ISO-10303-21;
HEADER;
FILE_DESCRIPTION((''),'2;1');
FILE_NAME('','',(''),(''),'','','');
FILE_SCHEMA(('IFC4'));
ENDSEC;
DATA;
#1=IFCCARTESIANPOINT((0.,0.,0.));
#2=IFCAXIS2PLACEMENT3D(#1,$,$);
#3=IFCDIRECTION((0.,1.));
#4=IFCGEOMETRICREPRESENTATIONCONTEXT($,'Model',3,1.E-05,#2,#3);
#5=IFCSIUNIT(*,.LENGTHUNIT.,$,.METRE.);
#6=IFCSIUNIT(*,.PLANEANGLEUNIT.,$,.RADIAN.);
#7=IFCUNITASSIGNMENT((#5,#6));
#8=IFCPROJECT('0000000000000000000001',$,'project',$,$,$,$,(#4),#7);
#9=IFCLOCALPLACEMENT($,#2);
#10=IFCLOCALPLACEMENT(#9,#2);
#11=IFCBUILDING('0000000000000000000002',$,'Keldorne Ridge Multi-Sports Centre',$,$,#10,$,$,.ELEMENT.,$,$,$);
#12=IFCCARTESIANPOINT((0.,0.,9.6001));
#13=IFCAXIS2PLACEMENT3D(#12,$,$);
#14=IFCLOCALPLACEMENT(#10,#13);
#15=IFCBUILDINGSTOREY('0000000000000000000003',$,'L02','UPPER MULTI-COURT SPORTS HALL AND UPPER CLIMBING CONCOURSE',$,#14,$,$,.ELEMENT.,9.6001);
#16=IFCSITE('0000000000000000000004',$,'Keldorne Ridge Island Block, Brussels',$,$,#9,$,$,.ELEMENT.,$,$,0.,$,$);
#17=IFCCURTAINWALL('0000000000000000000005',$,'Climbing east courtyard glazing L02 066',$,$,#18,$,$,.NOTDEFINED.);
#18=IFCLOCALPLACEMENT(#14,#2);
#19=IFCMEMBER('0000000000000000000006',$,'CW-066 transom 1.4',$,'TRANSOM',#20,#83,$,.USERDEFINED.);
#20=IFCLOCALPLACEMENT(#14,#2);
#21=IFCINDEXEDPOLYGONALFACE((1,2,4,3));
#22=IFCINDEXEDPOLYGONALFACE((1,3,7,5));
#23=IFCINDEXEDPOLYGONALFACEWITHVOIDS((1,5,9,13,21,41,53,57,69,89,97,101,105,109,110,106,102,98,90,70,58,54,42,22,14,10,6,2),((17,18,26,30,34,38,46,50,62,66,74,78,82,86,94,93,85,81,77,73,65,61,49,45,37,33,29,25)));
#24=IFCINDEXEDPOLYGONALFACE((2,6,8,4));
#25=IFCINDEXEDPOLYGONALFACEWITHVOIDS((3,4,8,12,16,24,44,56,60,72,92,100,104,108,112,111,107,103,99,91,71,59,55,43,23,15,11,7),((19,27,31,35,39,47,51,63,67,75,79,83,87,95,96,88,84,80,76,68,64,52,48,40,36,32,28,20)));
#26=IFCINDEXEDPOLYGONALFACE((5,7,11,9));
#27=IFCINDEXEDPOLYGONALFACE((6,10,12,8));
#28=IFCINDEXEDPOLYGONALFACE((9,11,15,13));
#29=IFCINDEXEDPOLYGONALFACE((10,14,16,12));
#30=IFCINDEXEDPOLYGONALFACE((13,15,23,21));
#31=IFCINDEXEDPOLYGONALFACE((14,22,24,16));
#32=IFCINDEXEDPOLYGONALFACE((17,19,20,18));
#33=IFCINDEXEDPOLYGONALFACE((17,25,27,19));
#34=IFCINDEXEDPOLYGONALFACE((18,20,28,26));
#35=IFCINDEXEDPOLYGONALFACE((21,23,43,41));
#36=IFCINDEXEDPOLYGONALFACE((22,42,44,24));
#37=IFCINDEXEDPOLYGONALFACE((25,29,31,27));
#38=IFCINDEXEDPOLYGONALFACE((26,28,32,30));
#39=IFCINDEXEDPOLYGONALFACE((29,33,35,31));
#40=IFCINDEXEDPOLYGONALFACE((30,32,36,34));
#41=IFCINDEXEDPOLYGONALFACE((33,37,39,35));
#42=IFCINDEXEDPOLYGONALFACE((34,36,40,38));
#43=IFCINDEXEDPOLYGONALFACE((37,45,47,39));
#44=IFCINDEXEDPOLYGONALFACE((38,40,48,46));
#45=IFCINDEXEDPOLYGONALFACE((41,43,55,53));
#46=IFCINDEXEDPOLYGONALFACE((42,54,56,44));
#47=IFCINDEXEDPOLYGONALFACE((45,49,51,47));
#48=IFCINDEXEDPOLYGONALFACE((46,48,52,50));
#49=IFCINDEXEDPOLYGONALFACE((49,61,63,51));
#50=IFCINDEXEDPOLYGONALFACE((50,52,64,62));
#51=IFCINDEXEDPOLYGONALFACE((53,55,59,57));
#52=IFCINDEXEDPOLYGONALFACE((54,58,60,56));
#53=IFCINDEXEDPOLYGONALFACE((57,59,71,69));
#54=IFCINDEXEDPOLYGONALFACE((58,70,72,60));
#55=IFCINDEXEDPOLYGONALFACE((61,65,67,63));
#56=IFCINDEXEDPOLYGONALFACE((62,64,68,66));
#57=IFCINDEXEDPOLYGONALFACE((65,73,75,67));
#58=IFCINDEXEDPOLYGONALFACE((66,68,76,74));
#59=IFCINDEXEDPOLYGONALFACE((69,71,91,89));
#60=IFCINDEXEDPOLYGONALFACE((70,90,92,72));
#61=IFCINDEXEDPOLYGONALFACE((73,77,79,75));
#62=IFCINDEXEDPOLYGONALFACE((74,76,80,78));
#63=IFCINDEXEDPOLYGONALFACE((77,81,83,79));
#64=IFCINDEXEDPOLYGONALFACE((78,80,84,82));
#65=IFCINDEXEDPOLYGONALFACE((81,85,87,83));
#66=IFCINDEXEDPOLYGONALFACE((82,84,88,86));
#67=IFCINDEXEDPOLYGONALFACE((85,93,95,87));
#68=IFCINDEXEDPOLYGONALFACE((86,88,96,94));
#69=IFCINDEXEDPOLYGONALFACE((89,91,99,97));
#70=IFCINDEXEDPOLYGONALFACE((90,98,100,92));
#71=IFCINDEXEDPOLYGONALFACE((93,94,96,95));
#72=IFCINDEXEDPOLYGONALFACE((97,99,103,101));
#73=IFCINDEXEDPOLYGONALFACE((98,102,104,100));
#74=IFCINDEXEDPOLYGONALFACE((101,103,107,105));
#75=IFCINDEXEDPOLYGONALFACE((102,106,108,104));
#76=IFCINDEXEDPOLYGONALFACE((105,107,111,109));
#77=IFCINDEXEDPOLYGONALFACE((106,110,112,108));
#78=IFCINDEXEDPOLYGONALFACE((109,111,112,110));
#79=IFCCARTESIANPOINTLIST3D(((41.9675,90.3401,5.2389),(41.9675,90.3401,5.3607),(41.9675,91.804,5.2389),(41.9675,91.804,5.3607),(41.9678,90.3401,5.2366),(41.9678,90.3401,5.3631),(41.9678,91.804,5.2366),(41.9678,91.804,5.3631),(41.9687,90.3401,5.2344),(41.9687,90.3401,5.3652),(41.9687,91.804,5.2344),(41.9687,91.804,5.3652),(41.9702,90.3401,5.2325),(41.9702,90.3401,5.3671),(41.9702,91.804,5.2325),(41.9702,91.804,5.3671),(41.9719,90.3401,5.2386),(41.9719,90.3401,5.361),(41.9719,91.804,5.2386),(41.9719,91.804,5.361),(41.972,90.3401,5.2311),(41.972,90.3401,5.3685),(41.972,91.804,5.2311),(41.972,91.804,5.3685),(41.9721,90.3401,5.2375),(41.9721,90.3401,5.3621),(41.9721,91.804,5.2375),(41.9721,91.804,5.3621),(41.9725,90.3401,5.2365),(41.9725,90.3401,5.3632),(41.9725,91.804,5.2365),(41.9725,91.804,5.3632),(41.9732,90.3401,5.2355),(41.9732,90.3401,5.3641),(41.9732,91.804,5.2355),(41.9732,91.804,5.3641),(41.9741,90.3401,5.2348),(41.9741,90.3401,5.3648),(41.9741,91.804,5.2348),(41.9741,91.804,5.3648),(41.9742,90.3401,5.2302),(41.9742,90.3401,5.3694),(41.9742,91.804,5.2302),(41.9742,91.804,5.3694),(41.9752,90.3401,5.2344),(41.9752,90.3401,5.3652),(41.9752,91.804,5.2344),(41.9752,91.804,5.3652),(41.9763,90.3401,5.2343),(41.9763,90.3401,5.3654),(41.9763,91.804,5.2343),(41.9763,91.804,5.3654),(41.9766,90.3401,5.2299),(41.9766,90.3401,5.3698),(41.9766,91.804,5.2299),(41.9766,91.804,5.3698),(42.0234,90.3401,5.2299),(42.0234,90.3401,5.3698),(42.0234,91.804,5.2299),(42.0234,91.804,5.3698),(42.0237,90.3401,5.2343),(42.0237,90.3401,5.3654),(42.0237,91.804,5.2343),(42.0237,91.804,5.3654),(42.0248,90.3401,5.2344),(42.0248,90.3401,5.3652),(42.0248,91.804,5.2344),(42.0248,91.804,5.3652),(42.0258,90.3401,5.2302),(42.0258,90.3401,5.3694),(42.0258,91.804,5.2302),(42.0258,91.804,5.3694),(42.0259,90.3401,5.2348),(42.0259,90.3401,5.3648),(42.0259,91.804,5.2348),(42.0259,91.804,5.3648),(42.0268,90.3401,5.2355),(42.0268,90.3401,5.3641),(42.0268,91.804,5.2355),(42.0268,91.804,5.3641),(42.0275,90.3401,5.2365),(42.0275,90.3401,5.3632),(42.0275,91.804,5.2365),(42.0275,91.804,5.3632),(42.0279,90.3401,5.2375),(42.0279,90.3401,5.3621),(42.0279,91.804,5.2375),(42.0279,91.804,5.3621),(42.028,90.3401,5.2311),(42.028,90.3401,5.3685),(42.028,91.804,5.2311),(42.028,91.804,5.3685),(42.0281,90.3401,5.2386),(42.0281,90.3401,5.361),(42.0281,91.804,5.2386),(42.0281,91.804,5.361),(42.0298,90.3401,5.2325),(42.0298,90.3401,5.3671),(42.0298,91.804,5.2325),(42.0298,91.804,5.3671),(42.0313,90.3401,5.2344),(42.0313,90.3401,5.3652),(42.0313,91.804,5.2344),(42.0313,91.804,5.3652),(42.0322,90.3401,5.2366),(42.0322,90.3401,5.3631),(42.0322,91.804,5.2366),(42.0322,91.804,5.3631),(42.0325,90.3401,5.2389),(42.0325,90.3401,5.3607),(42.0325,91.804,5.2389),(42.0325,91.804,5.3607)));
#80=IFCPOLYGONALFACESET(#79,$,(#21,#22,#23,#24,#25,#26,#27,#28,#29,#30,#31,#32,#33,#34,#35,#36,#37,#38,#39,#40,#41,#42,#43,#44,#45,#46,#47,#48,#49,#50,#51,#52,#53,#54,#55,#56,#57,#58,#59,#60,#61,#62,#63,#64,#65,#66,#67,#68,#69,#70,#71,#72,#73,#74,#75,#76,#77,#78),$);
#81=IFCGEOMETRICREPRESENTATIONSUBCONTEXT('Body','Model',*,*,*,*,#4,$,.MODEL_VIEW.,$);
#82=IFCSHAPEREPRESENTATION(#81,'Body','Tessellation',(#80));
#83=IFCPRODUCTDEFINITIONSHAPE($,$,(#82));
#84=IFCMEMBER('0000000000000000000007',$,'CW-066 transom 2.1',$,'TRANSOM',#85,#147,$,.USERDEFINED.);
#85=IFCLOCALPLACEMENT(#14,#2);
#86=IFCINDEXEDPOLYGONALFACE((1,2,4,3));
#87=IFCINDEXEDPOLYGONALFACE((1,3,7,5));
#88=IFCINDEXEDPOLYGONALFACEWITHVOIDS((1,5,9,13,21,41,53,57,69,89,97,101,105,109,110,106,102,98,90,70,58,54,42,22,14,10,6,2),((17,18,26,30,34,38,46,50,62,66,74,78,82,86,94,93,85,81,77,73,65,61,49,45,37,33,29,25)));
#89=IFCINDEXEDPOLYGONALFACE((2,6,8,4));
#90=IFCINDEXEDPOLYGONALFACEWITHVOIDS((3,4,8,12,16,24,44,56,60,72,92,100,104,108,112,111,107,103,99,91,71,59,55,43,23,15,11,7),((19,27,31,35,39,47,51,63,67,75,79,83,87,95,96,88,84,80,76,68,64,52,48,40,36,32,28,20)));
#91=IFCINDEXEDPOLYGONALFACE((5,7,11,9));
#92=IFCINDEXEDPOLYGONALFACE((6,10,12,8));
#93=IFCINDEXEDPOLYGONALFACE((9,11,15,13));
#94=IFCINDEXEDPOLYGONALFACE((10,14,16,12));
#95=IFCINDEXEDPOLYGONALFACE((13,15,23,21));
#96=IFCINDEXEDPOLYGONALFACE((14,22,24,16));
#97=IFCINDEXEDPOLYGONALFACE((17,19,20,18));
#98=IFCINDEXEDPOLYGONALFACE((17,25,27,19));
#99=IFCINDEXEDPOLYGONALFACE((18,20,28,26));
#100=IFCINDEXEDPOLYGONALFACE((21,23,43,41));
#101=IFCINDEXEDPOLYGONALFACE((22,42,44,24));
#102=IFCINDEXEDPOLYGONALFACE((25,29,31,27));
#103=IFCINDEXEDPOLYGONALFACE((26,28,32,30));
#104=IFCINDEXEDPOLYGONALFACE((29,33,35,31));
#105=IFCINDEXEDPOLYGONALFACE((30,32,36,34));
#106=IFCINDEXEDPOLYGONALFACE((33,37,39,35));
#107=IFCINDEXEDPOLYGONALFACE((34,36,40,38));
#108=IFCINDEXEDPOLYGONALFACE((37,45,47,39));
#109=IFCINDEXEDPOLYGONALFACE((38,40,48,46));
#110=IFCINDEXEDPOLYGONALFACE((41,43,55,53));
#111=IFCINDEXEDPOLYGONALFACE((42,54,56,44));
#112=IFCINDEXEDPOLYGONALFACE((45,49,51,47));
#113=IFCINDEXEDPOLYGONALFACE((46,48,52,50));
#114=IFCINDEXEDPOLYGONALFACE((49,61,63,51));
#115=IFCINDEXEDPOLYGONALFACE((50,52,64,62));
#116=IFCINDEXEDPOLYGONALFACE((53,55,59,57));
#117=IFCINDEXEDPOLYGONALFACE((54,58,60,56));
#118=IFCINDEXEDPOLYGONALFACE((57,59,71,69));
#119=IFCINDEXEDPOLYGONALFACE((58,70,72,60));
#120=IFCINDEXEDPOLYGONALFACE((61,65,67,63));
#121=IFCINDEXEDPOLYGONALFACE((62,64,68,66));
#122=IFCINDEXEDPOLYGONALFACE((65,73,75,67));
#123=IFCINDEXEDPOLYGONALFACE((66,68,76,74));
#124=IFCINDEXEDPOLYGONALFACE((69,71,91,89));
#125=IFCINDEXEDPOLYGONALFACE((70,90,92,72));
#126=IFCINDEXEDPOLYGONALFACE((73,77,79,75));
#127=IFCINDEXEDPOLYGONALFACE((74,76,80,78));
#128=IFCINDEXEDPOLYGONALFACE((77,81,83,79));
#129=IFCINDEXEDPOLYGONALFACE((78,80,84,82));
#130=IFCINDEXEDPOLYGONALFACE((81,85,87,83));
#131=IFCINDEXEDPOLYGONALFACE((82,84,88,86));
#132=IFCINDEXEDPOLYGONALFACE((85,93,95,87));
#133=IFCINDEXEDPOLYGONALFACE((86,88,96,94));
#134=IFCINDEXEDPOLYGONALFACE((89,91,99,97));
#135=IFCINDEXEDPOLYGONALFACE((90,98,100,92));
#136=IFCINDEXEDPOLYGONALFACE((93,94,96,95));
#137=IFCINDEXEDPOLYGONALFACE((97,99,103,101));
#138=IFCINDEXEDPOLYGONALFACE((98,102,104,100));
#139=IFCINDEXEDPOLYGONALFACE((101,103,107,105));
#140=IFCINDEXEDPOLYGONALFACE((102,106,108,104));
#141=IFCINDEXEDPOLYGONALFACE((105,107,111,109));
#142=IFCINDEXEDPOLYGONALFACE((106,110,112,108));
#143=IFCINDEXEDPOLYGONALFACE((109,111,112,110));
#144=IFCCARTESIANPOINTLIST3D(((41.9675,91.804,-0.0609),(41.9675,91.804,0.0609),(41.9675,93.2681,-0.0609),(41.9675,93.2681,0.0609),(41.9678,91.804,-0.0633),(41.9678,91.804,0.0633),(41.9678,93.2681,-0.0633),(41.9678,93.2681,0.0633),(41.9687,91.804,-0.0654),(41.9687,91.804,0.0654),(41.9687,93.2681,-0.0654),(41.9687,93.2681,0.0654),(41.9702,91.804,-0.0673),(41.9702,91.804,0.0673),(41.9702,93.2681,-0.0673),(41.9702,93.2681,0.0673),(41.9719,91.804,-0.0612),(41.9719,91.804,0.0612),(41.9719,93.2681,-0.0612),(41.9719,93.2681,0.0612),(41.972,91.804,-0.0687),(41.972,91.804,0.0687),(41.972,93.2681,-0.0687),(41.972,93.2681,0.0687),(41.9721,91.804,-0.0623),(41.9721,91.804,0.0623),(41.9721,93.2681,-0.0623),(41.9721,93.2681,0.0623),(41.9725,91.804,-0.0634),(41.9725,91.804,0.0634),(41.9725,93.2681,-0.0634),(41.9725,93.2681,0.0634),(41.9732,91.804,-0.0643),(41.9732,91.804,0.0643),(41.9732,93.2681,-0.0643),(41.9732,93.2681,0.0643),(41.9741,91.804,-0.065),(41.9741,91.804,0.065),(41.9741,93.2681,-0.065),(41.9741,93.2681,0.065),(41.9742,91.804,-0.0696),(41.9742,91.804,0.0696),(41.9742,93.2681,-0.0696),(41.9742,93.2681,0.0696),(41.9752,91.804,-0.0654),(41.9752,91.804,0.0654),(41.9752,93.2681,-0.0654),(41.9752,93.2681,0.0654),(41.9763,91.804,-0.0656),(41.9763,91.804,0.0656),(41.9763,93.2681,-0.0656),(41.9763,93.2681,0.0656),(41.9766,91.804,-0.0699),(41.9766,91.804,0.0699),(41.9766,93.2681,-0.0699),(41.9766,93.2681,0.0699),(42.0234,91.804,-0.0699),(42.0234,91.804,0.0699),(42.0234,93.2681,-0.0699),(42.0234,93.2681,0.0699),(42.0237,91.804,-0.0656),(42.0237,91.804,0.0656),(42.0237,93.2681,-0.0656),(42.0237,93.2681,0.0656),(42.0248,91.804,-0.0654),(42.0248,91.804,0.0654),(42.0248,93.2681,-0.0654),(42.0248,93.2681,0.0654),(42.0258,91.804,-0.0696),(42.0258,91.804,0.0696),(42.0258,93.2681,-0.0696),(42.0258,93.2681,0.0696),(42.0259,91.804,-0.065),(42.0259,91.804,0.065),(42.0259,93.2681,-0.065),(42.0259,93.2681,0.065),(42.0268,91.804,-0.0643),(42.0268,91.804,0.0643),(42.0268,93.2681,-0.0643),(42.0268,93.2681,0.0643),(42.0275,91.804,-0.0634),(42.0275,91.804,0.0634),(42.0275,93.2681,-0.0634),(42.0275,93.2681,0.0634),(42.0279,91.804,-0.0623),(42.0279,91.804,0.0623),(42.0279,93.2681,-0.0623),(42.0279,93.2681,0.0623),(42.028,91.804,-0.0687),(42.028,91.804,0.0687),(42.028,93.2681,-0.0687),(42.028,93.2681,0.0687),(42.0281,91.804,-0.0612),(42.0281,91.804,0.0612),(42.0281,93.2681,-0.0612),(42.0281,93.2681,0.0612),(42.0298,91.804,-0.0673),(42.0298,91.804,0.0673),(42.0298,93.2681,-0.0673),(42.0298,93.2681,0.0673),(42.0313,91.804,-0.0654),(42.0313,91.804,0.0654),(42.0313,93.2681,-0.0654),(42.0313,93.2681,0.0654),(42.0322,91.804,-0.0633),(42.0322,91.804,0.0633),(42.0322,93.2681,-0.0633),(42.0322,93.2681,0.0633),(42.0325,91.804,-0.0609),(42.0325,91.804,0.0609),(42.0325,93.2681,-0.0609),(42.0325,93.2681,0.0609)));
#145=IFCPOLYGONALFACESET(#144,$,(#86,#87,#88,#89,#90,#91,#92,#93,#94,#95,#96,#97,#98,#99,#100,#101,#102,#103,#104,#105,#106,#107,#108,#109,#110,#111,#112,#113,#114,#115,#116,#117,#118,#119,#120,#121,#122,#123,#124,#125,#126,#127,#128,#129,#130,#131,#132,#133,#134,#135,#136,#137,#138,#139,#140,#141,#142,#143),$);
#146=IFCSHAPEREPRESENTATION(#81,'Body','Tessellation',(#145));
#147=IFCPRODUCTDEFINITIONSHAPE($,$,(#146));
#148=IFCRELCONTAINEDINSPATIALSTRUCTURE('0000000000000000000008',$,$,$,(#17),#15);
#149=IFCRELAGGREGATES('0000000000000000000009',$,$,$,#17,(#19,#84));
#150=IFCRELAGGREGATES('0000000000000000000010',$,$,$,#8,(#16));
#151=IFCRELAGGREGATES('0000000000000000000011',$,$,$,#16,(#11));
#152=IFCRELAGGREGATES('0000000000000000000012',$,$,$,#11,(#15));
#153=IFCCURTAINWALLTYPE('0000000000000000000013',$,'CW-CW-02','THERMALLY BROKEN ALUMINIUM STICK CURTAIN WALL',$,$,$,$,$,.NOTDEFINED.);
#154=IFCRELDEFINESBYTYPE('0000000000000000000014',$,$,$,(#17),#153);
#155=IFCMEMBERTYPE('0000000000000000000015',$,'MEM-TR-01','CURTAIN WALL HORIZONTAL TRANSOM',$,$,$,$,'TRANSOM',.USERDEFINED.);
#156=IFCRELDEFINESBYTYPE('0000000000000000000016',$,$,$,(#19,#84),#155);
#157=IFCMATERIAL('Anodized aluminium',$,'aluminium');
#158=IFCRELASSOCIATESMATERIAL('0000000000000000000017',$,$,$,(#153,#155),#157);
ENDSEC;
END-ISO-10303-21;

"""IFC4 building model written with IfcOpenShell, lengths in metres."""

from ifc_helpers import new_model, si_unit, direction, frame, origin, origin_2d, place, context, subcontext, project, spatial, hollow_rectangle, extrude, material, material_profile, profile_set, type_object, element, aggregate, save


model = new_model("IFC4")

# Units and contexts
model_context = context("Model", 3, precision=1e-05, world=origin(), true_north=direction((0.0, 1.0)))
body_context = subcontext(model_context, "Body", "Model", "MODEL_VIEW")
ifc_project = project(units=[si_unit("LENGTHUNIT", "METRE"), si_unit("PLANEANGLEUNIT", "RADIAN")], contexts=[model_context])

# Site, building, storey
site_placement = place(None, origin())
site = spatial("IfcSite", under=ifc_project, at=site_placement, Name="Keldorne Ridge Island Block, Brussels", CompositionType="ELEMENT", RefElevation=0.0)
building_placement = place(site_placement, origin())
building = spatial("IfcBuilding", under=site, at=building_placement, Name="Keldorne Ridge Multi-Sports Centre", CompositionType="ELEMENT")
storey_placement = place(building_placement, frame((0.0, 0.0, 9.6001)))
storey = spatial("IfcBuildingStorey", under=building, at=storey_placement, Name="L02", Description="UPPER MULTI-COURT SPORTS HALL AND UPPER CLIMBING CONCOURSE", CompositionType="ELEMENT", Elevation=9.6001)

# Curtain wall
ifc_material_1 = material(Name="Anodized aluminium", Category="aluminium")
curtain_wall_type = type_object("IfcCurtainWallType", Name="CW-CW-02", Description="THERMALLY BROKEN ALUMINIUM STICK CURTAIN WALL", PredefinedType="NOTDEFINED", material=ifc_material_1)
curtain_wall_placement = place(storey_placement, origin())
curtain_wall = element("IfcCurtainWall", 1, at=curtain_wall_placement, inside=storey, type_object=curtain_wall_type, Name="Climbing east courtyard glazing L02 066", PredefinedType="NOTDEFINED")

# Members
ifc_material_profile_1 = material_profile(ifc_material_1, hollow_rectangle(XDim=0.0649, YDim=0.1399, WallThickness=0.0044, InnerFilletRadius=0.0044, OuterFilletRadius=0.009, at=origin_2d()), Name="ALU TRANSOM 140x65x4.5")
ifc_profile_set_1 = profile_set([ifc_material_profile_1], Name="Anodized aluminium")
member_type_1 = type_object("IfcMemberType", Name="MEM-TR-01", Description="CURTAIN WALL HORIZONTAL TRANSOM", ElementType="TRANSOM", PredefinedType="USERDEFINED", material=ifc_profile_set_1)
member_1_placement = place(storey_placement, frame((42.0, 90.3401, 5.2998), z_axis=(0.0, 1.0, 0.0), x_axis=(-1.0, 0.0, 0.0)))
member_1 = element("IfcMember", 2, at=member_1_placement, type_object=member_type_1, Name="CW-066 transom 1.4", ObjectType="TRANSOM", PredefinedType="USERDEFINED", context=body_context, shape_type="SweptSolid", body=[
    extrude(hollow_rectangle(XDim=0.0649, YDim=0.1399, WallThickness=0.0044, InnerFilletRadius=0.0044, OuterFilletRadius=0.009, at=origin_2d()), origin(), (0.0, 0.0, 1.0), 1.4639),
])
member_2_placement = place(storey_placement, frame((42.0, 91.804, 0.0), z_axis=(0.0, 1.0, 0.0), x_axis=(-1.0, 0.0, 0.0)))
member_2 = element("IfcMember", 3, at=member_2_placement, type_object=member_type_1, Name="CW-066 transom 2.1", ObjectType="TRANSOM", PredefinedType="USERDEFINED", context=body_context, shape_type="SweptSolid", body=[
    extrude(hollow_rectangle(XDim=0.0649, YDim=0.1399, WallThickness=0.0044, InnerFilletRadius=0.0044, OuterFilletRadius=0.009, at=origin_2d()), origin(), (0.0, 0.0, 1.0), 1.4641),
])

aggregate(curtain_wall, [member_1, member_2])

save(model, "model.ifc")
